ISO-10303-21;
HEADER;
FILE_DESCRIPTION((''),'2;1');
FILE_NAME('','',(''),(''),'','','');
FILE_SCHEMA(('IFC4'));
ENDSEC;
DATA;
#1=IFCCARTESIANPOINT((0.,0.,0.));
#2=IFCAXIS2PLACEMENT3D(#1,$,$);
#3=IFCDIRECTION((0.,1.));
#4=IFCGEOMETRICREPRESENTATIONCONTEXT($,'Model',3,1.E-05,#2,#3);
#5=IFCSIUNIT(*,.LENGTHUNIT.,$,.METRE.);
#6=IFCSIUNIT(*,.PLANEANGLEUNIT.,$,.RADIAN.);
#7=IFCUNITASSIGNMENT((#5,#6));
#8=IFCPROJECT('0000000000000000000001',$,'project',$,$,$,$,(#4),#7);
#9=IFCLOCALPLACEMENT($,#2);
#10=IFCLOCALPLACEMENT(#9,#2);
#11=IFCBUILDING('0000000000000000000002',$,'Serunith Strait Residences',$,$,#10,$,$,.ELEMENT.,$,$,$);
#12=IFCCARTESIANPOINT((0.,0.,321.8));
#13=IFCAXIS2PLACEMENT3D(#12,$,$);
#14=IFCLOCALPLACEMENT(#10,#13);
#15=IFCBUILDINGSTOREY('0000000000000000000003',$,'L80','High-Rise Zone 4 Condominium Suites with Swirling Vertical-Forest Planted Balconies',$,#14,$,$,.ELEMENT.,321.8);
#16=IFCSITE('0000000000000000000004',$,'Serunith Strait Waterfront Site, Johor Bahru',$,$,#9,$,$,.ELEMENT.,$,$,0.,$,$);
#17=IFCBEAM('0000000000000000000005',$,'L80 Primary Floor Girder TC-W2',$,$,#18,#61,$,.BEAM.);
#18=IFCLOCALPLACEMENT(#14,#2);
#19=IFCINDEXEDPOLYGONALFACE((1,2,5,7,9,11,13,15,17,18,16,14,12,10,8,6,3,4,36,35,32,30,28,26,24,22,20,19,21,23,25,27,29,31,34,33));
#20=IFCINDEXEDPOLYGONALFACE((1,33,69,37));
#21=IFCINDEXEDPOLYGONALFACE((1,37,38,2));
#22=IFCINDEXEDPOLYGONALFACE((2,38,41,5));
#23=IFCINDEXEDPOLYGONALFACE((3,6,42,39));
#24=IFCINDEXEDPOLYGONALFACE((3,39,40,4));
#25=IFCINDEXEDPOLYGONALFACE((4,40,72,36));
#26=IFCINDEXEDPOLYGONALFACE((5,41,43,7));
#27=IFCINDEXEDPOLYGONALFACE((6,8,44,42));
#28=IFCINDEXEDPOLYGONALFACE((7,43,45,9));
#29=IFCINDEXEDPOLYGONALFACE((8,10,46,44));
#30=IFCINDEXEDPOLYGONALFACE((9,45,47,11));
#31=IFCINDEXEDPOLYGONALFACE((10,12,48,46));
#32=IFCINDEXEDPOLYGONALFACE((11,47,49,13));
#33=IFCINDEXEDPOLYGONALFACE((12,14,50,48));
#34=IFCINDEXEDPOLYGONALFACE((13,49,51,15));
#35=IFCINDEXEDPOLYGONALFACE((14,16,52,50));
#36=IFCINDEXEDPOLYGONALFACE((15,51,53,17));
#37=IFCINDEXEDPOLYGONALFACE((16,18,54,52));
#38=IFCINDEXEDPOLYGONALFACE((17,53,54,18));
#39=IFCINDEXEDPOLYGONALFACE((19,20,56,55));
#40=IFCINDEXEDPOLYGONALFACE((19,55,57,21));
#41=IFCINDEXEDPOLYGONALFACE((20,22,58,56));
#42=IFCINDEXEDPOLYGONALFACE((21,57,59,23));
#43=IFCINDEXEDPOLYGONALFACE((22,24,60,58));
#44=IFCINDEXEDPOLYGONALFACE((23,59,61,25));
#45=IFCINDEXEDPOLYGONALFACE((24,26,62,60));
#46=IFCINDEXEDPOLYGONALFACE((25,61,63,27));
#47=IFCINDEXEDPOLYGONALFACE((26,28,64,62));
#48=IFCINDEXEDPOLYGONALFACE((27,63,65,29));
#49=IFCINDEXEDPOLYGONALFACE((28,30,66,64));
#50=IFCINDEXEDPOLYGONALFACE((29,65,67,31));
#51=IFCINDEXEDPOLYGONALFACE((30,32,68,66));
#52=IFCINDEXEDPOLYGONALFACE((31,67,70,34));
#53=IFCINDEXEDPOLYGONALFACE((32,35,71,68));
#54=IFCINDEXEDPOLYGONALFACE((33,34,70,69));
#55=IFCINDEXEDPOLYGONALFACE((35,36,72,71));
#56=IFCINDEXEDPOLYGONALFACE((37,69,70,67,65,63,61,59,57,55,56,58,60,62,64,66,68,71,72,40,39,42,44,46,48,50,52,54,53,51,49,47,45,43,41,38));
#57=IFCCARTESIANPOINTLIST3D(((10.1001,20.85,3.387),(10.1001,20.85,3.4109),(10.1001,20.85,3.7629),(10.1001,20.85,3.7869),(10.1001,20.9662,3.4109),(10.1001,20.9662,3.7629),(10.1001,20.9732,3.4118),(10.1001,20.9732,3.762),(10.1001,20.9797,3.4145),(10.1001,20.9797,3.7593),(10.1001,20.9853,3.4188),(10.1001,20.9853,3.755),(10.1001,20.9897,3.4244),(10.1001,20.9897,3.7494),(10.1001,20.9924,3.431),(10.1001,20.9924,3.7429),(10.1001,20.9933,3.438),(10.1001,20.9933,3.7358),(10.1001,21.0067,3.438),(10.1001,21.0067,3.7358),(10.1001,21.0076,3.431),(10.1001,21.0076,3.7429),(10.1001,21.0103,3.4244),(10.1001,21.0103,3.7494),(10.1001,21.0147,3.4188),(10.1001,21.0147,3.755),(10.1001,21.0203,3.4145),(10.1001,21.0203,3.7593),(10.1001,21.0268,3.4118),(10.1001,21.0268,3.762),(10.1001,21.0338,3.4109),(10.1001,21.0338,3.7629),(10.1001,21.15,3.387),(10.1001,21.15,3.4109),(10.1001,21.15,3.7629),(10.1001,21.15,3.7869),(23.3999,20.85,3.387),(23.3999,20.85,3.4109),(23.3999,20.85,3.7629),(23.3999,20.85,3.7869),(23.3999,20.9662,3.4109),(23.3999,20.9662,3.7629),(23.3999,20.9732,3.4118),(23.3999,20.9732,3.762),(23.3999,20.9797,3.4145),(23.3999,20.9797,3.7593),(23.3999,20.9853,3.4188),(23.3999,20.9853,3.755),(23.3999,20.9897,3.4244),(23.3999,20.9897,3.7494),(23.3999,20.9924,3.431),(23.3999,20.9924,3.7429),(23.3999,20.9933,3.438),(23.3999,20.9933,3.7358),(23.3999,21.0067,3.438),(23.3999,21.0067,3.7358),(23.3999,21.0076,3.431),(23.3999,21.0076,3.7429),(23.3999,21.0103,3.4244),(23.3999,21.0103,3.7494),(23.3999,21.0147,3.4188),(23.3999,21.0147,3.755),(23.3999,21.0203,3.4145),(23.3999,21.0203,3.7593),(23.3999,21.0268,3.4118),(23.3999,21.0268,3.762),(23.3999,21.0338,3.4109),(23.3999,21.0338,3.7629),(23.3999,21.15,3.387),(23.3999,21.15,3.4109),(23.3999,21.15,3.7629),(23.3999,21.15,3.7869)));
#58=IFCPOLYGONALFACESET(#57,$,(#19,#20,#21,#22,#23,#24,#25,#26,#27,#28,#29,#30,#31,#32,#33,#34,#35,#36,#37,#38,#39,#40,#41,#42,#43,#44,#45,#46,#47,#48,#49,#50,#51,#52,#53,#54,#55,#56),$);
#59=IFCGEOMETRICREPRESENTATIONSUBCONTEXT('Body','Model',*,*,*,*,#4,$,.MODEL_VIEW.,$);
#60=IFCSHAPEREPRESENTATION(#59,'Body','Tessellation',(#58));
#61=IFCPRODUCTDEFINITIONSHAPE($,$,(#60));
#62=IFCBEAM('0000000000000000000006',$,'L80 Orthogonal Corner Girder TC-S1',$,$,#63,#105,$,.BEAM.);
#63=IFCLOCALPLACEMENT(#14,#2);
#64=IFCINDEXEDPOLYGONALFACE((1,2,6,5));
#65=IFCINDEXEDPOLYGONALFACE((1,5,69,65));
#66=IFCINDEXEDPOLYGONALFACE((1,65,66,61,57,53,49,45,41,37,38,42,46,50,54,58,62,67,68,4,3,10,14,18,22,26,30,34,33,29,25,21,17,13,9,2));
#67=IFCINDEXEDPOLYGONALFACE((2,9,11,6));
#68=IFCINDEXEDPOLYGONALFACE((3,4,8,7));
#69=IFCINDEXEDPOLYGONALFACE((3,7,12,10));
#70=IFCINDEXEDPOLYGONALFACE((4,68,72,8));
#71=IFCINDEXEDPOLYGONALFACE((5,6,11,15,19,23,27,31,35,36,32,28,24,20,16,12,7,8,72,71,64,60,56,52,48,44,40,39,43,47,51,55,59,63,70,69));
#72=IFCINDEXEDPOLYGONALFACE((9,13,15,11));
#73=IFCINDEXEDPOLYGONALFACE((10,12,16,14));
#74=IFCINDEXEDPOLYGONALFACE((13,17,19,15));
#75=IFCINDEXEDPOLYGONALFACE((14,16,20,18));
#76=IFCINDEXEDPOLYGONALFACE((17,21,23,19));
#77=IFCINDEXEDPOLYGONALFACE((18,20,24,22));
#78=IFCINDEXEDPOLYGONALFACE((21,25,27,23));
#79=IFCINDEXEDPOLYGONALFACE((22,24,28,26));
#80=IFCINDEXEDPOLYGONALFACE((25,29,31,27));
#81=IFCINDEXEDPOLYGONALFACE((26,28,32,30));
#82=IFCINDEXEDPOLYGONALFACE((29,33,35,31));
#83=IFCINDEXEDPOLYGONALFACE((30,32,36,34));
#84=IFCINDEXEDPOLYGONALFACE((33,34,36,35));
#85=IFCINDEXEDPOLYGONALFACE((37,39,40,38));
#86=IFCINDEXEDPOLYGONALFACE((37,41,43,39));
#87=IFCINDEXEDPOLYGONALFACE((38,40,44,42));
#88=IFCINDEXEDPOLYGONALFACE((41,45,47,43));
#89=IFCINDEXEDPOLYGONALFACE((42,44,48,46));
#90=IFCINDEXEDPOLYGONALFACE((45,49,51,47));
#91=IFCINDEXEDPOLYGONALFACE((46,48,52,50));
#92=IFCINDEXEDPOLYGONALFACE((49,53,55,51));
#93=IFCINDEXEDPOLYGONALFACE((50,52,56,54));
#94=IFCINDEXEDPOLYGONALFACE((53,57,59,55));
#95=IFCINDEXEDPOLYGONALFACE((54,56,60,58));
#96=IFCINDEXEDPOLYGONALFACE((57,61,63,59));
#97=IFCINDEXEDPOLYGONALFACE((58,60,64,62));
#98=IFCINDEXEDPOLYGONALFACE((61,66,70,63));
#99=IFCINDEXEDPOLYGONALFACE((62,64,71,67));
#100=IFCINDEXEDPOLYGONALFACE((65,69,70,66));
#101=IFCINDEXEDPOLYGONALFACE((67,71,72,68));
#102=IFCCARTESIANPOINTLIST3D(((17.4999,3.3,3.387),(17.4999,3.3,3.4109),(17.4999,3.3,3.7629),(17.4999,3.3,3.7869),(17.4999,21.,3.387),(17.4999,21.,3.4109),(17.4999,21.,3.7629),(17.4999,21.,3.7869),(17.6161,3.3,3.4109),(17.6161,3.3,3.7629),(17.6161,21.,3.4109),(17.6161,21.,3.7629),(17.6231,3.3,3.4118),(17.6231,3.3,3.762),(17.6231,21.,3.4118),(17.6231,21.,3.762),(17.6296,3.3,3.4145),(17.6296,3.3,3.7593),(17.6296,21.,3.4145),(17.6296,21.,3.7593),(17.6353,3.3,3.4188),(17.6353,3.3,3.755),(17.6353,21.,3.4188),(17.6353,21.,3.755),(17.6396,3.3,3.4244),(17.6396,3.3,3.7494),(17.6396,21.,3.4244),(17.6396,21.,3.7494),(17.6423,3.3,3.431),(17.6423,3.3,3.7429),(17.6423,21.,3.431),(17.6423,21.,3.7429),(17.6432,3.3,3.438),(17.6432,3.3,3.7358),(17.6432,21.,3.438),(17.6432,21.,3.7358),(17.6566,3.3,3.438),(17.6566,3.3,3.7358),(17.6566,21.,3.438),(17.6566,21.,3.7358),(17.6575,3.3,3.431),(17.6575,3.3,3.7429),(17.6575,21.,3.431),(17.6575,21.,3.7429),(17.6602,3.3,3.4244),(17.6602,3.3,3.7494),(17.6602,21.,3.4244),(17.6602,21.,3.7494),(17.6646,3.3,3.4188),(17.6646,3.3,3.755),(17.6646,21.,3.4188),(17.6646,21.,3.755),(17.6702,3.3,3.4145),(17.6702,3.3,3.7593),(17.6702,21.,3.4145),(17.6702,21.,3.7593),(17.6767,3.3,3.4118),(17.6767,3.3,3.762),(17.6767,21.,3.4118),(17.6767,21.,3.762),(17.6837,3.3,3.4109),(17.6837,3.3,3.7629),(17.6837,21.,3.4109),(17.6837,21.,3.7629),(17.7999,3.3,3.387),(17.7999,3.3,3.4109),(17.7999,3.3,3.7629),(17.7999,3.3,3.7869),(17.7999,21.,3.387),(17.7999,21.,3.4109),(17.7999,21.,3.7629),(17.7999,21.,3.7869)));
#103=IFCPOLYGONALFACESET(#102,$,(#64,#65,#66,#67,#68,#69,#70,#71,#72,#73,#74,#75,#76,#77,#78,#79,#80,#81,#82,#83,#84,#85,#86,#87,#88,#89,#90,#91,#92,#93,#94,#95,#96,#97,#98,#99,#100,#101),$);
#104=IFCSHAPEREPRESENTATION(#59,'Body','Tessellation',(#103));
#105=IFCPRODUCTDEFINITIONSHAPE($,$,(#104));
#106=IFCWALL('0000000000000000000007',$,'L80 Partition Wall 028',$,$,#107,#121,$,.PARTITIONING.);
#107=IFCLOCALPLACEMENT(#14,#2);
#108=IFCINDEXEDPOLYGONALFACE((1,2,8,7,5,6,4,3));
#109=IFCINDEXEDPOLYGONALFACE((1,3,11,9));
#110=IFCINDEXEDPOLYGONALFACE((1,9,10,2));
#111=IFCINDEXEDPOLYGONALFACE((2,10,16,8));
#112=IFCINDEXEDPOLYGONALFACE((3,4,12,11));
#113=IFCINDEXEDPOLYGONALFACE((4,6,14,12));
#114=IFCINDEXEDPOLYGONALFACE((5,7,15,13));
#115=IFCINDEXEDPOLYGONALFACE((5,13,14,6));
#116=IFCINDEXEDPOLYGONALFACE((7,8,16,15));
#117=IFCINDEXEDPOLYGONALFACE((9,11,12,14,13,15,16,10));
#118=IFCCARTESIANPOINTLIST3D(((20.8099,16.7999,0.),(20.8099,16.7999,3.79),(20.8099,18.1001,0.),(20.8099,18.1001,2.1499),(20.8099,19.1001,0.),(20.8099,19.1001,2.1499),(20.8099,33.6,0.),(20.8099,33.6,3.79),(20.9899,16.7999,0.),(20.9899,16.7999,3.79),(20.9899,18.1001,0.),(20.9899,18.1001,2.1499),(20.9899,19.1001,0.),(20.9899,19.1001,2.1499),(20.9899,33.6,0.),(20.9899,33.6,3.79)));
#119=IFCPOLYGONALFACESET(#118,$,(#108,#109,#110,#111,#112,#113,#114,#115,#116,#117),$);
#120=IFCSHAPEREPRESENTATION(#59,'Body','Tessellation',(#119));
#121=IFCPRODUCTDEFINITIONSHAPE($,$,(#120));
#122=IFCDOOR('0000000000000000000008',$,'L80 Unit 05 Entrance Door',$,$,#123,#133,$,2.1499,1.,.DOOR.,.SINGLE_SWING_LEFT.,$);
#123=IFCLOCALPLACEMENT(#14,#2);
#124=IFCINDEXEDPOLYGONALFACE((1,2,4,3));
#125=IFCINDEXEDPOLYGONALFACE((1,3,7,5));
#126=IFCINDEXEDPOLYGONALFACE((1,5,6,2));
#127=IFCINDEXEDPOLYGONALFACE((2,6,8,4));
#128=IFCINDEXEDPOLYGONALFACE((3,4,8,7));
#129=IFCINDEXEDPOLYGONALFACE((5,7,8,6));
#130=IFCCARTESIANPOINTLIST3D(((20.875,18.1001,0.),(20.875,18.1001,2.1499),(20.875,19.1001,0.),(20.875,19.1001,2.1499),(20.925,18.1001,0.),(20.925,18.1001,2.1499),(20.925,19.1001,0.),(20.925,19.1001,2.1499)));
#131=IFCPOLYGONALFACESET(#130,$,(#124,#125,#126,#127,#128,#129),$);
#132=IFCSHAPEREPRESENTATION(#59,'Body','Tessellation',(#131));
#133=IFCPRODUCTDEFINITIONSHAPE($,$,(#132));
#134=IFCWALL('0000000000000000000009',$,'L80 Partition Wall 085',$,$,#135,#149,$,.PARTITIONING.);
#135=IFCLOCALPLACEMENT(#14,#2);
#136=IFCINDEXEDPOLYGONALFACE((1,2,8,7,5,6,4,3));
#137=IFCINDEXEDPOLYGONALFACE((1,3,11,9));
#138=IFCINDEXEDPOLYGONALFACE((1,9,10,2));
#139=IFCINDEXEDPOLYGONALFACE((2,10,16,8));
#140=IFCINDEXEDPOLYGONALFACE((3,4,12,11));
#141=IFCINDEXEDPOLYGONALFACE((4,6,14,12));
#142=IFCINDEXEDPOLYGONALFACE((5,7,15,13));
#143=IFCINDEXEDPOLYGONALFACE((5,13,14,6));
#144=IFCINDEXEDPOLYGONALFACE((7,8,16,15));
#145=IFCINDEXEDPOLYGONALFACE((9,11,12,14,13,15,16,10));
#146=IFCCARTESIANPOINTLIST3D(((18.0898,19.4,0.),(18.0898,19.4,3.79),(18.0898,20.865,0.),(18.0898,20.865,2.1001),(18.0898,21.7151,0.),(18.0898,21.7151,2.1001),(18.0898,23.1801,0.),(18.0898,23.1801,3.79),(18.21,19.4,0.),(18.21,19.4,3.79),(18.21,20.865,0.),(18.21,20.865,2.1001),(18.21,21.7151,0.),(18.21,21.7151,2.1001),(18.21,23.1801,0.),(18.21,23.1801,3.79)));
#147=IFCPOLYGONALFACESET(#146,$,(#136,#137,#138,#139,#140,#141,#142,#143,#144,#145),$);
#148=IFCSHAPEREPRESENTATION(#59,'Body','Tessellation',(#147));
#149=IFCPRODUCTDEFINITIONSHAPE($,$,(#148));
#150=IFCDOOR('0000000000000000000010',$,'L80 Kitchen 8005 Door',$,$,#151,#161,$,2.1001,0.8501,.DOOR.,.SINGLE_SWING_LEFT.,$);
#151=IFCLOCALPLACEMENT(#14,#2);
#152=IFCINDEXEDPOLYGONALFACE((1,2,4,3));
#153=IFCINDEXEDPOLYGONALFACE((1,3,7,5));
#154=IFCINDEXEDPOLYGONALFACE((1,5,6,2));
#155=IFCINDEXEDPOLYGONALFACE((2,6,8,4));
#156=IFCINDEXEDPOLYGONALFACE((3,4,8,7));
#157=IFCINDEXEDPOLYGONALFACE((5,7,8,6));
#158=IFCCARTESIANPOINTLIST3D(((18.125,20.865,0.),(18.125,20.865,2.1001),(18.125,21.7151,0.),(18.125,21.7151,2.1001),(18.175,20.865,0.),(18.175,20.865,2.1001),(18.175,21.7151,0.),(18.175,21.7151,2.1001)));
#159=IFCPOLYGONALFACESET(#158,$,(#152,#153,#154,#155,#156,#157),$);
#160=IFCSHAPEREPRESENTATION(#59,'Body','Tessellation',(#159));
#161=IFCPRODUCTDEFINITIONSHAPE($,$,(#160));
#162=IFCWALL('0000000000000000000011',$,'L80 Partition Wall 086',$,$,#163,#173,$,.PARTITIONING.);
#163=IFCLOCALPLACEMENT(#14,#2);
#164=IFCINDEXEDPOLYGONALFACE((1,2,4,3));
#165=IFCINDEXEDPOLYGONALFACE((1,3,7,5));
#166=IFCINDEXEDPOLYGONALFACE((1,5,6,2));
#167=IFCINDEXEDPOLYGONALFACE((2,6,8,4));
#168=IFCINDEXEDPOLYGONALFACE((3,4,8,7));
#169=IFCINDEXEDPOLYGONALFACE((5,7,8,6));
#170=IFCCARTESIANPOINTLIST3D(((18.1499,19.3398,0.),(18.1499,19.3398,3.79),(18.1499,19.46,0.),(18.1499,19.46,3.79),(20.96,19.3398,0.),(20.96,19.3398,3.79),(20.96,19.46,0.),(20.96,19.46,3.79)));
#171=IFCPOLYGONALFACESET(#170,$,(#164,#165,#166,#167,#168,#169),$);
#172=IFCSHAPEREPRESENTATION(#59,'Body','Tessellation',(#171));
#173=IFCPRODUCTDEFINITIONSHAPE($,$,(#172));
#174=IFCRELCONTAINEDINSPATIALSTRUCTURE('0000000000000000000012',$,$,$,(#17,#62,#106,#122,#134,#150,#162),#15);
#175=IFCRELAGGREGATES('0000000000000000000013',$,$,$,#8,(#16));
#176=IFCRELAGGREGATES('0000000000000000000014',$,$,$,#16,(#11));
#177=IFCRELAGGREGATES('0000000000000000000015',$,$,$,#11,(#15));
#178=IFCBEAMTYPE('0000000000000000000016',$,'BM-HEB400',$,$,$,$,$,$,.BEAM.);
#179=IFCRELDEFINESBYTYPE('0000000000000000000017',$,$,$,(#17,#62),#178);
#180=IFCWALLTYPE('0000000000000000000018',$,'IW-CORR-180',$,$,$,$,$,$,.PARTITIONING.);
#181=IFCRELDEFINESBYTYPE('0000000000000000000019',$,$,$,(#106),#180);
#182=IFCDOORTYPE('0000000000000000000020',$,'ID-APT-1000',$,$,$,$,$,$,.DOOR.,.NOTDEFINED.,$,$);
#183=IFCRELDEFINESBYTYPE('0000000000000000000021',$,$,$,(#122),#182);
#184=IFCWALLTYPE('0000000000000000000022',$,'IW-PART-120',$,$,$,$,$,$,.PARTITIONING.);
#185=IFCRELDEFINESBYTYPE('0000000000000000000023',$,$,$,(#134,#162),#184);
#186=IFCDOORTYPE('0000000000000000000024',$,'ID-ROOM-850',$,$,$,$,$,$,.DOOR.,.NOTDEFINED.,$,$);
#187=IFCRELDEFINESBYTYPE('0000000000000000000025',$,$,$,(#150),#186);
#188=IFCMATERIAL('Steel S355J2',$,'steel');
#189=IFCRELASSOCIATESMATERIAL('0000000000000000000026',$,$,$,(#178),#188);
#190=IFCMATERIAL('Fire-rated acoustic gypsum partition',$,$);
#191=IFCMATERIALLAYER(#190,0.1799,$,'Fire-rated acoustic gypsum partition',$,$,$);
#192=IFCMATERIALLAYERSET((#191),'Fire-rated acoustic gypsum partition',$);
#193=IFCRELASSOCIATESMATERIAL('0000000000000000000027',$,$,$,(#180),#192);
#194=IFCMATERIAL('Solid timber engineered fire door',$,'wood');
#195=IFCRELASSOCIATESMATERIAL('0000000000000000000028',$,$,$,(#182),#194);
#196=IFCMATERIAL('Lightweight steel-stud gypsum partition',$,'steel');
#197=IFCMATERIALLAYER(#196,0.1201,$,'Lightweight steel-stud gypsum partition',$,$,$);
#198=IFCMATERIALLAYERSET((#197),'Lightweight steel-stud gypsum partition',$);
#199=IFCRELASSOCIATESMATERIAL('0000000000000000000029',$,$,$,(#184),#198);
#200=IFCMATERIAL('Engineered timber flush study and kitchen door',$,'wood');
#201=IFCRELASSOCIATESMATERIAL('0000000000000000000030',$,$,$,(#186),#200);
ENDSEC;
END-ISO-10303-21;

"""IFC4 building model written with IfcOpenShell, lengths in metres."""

from ifc_helpers import new_model, si_unit, direction, frame, frame_2d, origin, origin_2d, place, context, subcontext, project, spatial, rectangle, i_section, extrude, source, transform, mapped, material, layer, layer_set, material_profile, profile_set, type_object, element, fill, save


model = new_model("IFC4")

# Units and contexts
model_context = context("Model", 3, precision=1e-05, world=origin(), true_north=direction((0.0, 1.0)))
body_context = subcontext(model_context, "Body", "Model", "MODEL_VIEW")
ifc_project = project(units=[si_unit("LENGTHUNIT", "METRE"), si_unit("PLANEANGLEUNIT", "RADIAN")], contexts=[model_context])

# Site, building, storey
site_placement = place(None, origin())
site = spatial("IfcSite", under=ifc_project, at=site_placement, Name="Serunith Strait Waterfront Site, Johor Bahru", CompositionType="ELEMENT", RefElevation=0.0)
building_placement = place(site_placement, origin())
building = spatial("IfcBuilding", under=site, at=building_placement, Name="Serunith Strait Residences", CompositionType="ELEMENT")
storey_placement = place(building_placement, frame((0.0, 0.0, 321.8)))
storey = spatial("IfcBuildingStorey", under=building, at=storey_placement, Name="L80", Description="High-Rise Zone 4 Condominium Suites with Swirling Vertical-Forest Planted Balconies", CompositionType="ELEMENT", Elevation=321.8)

# Beams
ifc_material_1 = material(Name="Steel S355J2", Category="steel")
ifc_material_profile = material_profile(ifc_material_1, i_section(OverallWidth=0.3, OverallDepth=0.3999, WebThickness=0.0134, FlangeThickness=0.0239, FilletRadius=0.0271, at=origin_2d()), Name="HEB 400")
ifc_profile_set = profile_set([ifc_material_profile], Name="Steel S355J2")
beam_type = type_object("IfcBeamType", Name="BM-HEB400", PredefinedType="BEAM", material=ifc_profile_set)
shared_shape_1 = source(origin(), body_context, "Body", "SweptSolid", [
    extrude(i_section(OverallWidth=0.3, OverallDepth=0.3999, WebThickness=0.0134, FlangeThickness=0.0239, FilletRadius=0.0271, at=origin_2d()), origin(), (0.0, 0.0, 1.0), 13.2998),
])
beam_1_placement = place(storey_placement, frame((23.3999, 21.0, 3.5869), z_axis=(-1.0, 0.0, 0.0), x_axis=(0.0, -1.0, 0.0)))
element("IfcBeam", 1, at=beam_1_placement, inside=storey, type_object=beam_type, Name="L80 Primary Floor Girder TC-W2", PredefinedType="BEAM", context=body_context, shape_type="MappedRepresentation", body=[
    mapped(shared_shape_1, transform((0.0, 0.0, 0.0), scale=1.0)),
])
shared_shape_2 = source(origin(), body_context, "Body", "SweptSolid", [
    extrude(i_section(OverallWidth=0.3, OverallDepth=0.3999, WebThickness=0.0134, FlangeThickness=0.0239, FilletRadius=0.0271, at=origin_2d()), origin(), (0.0, 0.0, 1.0), 17.7),
])
beam_2_placement = place(storey_placement, frame((17.6499, 21.0, 3.5869), z_axis=(0.0, -1.0, 0.0), x_axis=(1.0, 0.0, 0.0)))
element("IfcBeam", 2, at=beam_2_placement, inside=storey, type_object=beam_type, Name="L80 Orthogonal Corner Girder TC-S1", PredefinedType="BEAM", context=body_context, shape_type="MappedRepresentation", body=[
    mapped(shared_shape_2, transform((0.0, 0.0, 0.0), scale=1.0)),
])

# Walls, openings, doors
ifc_material_2 = material(Name="Fire-rated acoustic gypsum partition")
ifc_layer_1 = layer(ifc_material_2, 0.1799, Name="Fire-rated acoustic gypsum partition")
ifc_layer_set_1 = layer_set([ifc_layer_1], Name="Fire-rated acoustic gypsum partition")
wall_type_1 = type_object("IfcWallType", Name="IW-CORR-180", PredefinedType="PARTITIONING", material=ifc_layer_set_1)
ifc_material_3 = material(Name="Solid timber engineered fire door", Category="wood")
door_type_1 = type_object("IfcDoorType", Name="ID-APT-1000", OperationType="NOTDEFINED", PredefinedType="DOOR", material=ifc_material_3)
shared_shape_3 = source(origin(), body_context, "Body", "SweptSolid", [
    extrude(rectangle(XDim=1.0, YDim=2.1499, at=frame_2d((0.5, 1.075))), frame((0.0, 0.0249, 0.0), z_axis=(0.0, -1.0, 0.0), x_axis=(1.0, 0.0, 0.0)), (0.0, 0.0, 1.0), 0.05),
])
wall_1_placement = place(storey_placement, frame((20.8999, 16.8, 0.0), z_axis=(0.0, 0.0, 1.0), x_axis=(0.0, 1.0, 0.0)))
wall_1 = element("IfcWall", 3, at=wall_1_placement, inside=storey, type_object=wall_type_1, Name="L80 Partition Wall 028", PredefinedType="PARTITIONING", context=body_context, shape_type="SweptSolid", body=[
    extrude(rectangle(XDim=16.8, YDim=0.1799, at=frame_2d((8.3999, 0.0))), origin(), (0.0, 0.0, 1.0), 3.79),
])
opening_1_placement = place(wall_1_placement, frame((1.3, 0.0, 0.0)))
opening_1 = element("IfcOpeningElement", 4, at=opening_1_placement, cuts=wall_1, PredefinedType="OPENING", context=body_context, shape_type="SweptSolid", body=[
    extrude(rectangle(XDim=1.0, YDim=2.1499, at=frame_2d((0.5, 1.075))), frame((0.0, 0.1001, 0.0), z_axis=(0.0, -1.0, 0.0), x_axis=(1.0, 0.0, 0.0)), (0.0, 0.0, 1.0), 0.2),
])
door_1_placement = place(opening_1_placement, origin())
door_1 = element("IfcDoor", 5, at=door_1_placement, inside=storey, type_object=door_type_1, Name="L80 Unit 05 Entrance Door", OperationType="SINGLE_SWING_LEFT", OverallHeight=2.1499, OverallWidth=1.0, PredefinedType="DOOR", context=body_context, shape_type="MappedRepresentation", body=[
    mapped(shared_shape_3, transform((0.0, 0.0, 0.0), scale=1.0)),
])
fill(opening_1, door_1)
ifc_material_4 = material(Name="Lightweight steel-stud gypsum partition", Category="steel")
ifc_layer_2 = layer(ifc_material_4, 0.1201, Name="Lightweight steel-stud gypsum partition")
ifc_layer_set_2 = layer_set([ifc_layer_2], Name="Lightweight steel-stud gypsum partition")
wall_type_2 = type_object("IfcWallType", Name="IW-PART-120", PredefinedType="PARTITIONING", material=ifc_layer_set_2)
wall_2_placement = place(storey_placement, frame((18.1499, 19.3999, 0.0), z_axis=(0.0, 0.0, 1.0), x_axis=(0.0, 1.0, 0.0)))
wall_2 = element("IfcWall", 6, at=wall_2_placement, inside=storey, type_object=wall_type_2, Name="L80 Partition Wall 085", PredefinedType="PARTITIONING", context=body_context, shape_type="SweptSolid", body=[
    extrude(rectangle(XDim=3.78, YDim=0.1201, at=frame_2d((1.8901, 0.0))), origin(), (0.0, 0.0, 1.0), 3.79),
])
opening_2_placement = place(wall_2_placement, frame((1.4651, 0.0, 0.0)))
opening_2 = element("IfcOpeningElement", 7, at=opening_2_placement, cuts=wall_2, PredefinedType="OPENING", context=body_context, shape_type="SweptSolid", body=[
    extrude(rectangle(XDim=0.8501, YDim=2.1001, at=frame_2d((0.425, 1.05))), frame((0.0, 0.0701, 0.0), z_axis=(0.0, -1.0, 0.0), x_axis=(1.0, 0.0, 0.0)), (0.0, 0.0, 1.0), 0.1401),
])
ifc_material_5 = material(Name="Engineered timber flush study and kitchen door", Category="wood")
door_type_2 = type_object("IfcDoorType", Name="ID-ROOM-850", OperationType="NOTDEFINED", PredefinedType="DOOR", material=ifc_material_5)
shared_shape_4 = source(origin(), body_context, "Body", "SweptSolid", [
    extrude(rectangle(XDim=0.8501, YDim=2.1001, at=frame_2d((0.425, 1.05))), frame((0.0, 0.0249, 0.0), z_axis=(0.0, -1.0, 0.0), x_axis=(1.0, 0.0, 0.0)), (0.0, 0.0, 1.0), 0.05),
])
door_2_placement = place(opening_2_placement, origin())
door_2 = element("IfcDoor", 8, at=door_2_placement, inside=storey, type_object=door_type_2, Name="L80 Kitchen 8005 Door", OperationType="SINGLE_SWING_LEFT", OverallHeight=2.1001, OverallWidth=0.8501, PredefinedType="DOOR", context=body_context, shape_type="MappedRepresentation", body=[
    mapped(shared_shape_4, transform((0.0, 0.0, 0.0), scale=1.0)),
])
fill(opening_2, door_2)

# Wall
wall_3_placement = place(storey_placement, frame((18.1499, 19.3999, 0.0), z_axis=(0.0, 0.0, 1.0), x_axis=(1.0, 0.0, 0.0)))
element("IfcWall", 9, at=wall_3_placement, inside=storey, type_object=wall_type_2, Name="L80 Partition Wall 086", PredefinedType="PARTITIONING", context=body_context, shape_type="SweptSolid", body=[
    extrude(rectangle(XDim=2.8101, YDim=0.1201, at=frame_2d((1.405, 0.0))), origin(), (0.0, 0.0, 1.0), 3.79),
])

save(model, "model.ifc")
